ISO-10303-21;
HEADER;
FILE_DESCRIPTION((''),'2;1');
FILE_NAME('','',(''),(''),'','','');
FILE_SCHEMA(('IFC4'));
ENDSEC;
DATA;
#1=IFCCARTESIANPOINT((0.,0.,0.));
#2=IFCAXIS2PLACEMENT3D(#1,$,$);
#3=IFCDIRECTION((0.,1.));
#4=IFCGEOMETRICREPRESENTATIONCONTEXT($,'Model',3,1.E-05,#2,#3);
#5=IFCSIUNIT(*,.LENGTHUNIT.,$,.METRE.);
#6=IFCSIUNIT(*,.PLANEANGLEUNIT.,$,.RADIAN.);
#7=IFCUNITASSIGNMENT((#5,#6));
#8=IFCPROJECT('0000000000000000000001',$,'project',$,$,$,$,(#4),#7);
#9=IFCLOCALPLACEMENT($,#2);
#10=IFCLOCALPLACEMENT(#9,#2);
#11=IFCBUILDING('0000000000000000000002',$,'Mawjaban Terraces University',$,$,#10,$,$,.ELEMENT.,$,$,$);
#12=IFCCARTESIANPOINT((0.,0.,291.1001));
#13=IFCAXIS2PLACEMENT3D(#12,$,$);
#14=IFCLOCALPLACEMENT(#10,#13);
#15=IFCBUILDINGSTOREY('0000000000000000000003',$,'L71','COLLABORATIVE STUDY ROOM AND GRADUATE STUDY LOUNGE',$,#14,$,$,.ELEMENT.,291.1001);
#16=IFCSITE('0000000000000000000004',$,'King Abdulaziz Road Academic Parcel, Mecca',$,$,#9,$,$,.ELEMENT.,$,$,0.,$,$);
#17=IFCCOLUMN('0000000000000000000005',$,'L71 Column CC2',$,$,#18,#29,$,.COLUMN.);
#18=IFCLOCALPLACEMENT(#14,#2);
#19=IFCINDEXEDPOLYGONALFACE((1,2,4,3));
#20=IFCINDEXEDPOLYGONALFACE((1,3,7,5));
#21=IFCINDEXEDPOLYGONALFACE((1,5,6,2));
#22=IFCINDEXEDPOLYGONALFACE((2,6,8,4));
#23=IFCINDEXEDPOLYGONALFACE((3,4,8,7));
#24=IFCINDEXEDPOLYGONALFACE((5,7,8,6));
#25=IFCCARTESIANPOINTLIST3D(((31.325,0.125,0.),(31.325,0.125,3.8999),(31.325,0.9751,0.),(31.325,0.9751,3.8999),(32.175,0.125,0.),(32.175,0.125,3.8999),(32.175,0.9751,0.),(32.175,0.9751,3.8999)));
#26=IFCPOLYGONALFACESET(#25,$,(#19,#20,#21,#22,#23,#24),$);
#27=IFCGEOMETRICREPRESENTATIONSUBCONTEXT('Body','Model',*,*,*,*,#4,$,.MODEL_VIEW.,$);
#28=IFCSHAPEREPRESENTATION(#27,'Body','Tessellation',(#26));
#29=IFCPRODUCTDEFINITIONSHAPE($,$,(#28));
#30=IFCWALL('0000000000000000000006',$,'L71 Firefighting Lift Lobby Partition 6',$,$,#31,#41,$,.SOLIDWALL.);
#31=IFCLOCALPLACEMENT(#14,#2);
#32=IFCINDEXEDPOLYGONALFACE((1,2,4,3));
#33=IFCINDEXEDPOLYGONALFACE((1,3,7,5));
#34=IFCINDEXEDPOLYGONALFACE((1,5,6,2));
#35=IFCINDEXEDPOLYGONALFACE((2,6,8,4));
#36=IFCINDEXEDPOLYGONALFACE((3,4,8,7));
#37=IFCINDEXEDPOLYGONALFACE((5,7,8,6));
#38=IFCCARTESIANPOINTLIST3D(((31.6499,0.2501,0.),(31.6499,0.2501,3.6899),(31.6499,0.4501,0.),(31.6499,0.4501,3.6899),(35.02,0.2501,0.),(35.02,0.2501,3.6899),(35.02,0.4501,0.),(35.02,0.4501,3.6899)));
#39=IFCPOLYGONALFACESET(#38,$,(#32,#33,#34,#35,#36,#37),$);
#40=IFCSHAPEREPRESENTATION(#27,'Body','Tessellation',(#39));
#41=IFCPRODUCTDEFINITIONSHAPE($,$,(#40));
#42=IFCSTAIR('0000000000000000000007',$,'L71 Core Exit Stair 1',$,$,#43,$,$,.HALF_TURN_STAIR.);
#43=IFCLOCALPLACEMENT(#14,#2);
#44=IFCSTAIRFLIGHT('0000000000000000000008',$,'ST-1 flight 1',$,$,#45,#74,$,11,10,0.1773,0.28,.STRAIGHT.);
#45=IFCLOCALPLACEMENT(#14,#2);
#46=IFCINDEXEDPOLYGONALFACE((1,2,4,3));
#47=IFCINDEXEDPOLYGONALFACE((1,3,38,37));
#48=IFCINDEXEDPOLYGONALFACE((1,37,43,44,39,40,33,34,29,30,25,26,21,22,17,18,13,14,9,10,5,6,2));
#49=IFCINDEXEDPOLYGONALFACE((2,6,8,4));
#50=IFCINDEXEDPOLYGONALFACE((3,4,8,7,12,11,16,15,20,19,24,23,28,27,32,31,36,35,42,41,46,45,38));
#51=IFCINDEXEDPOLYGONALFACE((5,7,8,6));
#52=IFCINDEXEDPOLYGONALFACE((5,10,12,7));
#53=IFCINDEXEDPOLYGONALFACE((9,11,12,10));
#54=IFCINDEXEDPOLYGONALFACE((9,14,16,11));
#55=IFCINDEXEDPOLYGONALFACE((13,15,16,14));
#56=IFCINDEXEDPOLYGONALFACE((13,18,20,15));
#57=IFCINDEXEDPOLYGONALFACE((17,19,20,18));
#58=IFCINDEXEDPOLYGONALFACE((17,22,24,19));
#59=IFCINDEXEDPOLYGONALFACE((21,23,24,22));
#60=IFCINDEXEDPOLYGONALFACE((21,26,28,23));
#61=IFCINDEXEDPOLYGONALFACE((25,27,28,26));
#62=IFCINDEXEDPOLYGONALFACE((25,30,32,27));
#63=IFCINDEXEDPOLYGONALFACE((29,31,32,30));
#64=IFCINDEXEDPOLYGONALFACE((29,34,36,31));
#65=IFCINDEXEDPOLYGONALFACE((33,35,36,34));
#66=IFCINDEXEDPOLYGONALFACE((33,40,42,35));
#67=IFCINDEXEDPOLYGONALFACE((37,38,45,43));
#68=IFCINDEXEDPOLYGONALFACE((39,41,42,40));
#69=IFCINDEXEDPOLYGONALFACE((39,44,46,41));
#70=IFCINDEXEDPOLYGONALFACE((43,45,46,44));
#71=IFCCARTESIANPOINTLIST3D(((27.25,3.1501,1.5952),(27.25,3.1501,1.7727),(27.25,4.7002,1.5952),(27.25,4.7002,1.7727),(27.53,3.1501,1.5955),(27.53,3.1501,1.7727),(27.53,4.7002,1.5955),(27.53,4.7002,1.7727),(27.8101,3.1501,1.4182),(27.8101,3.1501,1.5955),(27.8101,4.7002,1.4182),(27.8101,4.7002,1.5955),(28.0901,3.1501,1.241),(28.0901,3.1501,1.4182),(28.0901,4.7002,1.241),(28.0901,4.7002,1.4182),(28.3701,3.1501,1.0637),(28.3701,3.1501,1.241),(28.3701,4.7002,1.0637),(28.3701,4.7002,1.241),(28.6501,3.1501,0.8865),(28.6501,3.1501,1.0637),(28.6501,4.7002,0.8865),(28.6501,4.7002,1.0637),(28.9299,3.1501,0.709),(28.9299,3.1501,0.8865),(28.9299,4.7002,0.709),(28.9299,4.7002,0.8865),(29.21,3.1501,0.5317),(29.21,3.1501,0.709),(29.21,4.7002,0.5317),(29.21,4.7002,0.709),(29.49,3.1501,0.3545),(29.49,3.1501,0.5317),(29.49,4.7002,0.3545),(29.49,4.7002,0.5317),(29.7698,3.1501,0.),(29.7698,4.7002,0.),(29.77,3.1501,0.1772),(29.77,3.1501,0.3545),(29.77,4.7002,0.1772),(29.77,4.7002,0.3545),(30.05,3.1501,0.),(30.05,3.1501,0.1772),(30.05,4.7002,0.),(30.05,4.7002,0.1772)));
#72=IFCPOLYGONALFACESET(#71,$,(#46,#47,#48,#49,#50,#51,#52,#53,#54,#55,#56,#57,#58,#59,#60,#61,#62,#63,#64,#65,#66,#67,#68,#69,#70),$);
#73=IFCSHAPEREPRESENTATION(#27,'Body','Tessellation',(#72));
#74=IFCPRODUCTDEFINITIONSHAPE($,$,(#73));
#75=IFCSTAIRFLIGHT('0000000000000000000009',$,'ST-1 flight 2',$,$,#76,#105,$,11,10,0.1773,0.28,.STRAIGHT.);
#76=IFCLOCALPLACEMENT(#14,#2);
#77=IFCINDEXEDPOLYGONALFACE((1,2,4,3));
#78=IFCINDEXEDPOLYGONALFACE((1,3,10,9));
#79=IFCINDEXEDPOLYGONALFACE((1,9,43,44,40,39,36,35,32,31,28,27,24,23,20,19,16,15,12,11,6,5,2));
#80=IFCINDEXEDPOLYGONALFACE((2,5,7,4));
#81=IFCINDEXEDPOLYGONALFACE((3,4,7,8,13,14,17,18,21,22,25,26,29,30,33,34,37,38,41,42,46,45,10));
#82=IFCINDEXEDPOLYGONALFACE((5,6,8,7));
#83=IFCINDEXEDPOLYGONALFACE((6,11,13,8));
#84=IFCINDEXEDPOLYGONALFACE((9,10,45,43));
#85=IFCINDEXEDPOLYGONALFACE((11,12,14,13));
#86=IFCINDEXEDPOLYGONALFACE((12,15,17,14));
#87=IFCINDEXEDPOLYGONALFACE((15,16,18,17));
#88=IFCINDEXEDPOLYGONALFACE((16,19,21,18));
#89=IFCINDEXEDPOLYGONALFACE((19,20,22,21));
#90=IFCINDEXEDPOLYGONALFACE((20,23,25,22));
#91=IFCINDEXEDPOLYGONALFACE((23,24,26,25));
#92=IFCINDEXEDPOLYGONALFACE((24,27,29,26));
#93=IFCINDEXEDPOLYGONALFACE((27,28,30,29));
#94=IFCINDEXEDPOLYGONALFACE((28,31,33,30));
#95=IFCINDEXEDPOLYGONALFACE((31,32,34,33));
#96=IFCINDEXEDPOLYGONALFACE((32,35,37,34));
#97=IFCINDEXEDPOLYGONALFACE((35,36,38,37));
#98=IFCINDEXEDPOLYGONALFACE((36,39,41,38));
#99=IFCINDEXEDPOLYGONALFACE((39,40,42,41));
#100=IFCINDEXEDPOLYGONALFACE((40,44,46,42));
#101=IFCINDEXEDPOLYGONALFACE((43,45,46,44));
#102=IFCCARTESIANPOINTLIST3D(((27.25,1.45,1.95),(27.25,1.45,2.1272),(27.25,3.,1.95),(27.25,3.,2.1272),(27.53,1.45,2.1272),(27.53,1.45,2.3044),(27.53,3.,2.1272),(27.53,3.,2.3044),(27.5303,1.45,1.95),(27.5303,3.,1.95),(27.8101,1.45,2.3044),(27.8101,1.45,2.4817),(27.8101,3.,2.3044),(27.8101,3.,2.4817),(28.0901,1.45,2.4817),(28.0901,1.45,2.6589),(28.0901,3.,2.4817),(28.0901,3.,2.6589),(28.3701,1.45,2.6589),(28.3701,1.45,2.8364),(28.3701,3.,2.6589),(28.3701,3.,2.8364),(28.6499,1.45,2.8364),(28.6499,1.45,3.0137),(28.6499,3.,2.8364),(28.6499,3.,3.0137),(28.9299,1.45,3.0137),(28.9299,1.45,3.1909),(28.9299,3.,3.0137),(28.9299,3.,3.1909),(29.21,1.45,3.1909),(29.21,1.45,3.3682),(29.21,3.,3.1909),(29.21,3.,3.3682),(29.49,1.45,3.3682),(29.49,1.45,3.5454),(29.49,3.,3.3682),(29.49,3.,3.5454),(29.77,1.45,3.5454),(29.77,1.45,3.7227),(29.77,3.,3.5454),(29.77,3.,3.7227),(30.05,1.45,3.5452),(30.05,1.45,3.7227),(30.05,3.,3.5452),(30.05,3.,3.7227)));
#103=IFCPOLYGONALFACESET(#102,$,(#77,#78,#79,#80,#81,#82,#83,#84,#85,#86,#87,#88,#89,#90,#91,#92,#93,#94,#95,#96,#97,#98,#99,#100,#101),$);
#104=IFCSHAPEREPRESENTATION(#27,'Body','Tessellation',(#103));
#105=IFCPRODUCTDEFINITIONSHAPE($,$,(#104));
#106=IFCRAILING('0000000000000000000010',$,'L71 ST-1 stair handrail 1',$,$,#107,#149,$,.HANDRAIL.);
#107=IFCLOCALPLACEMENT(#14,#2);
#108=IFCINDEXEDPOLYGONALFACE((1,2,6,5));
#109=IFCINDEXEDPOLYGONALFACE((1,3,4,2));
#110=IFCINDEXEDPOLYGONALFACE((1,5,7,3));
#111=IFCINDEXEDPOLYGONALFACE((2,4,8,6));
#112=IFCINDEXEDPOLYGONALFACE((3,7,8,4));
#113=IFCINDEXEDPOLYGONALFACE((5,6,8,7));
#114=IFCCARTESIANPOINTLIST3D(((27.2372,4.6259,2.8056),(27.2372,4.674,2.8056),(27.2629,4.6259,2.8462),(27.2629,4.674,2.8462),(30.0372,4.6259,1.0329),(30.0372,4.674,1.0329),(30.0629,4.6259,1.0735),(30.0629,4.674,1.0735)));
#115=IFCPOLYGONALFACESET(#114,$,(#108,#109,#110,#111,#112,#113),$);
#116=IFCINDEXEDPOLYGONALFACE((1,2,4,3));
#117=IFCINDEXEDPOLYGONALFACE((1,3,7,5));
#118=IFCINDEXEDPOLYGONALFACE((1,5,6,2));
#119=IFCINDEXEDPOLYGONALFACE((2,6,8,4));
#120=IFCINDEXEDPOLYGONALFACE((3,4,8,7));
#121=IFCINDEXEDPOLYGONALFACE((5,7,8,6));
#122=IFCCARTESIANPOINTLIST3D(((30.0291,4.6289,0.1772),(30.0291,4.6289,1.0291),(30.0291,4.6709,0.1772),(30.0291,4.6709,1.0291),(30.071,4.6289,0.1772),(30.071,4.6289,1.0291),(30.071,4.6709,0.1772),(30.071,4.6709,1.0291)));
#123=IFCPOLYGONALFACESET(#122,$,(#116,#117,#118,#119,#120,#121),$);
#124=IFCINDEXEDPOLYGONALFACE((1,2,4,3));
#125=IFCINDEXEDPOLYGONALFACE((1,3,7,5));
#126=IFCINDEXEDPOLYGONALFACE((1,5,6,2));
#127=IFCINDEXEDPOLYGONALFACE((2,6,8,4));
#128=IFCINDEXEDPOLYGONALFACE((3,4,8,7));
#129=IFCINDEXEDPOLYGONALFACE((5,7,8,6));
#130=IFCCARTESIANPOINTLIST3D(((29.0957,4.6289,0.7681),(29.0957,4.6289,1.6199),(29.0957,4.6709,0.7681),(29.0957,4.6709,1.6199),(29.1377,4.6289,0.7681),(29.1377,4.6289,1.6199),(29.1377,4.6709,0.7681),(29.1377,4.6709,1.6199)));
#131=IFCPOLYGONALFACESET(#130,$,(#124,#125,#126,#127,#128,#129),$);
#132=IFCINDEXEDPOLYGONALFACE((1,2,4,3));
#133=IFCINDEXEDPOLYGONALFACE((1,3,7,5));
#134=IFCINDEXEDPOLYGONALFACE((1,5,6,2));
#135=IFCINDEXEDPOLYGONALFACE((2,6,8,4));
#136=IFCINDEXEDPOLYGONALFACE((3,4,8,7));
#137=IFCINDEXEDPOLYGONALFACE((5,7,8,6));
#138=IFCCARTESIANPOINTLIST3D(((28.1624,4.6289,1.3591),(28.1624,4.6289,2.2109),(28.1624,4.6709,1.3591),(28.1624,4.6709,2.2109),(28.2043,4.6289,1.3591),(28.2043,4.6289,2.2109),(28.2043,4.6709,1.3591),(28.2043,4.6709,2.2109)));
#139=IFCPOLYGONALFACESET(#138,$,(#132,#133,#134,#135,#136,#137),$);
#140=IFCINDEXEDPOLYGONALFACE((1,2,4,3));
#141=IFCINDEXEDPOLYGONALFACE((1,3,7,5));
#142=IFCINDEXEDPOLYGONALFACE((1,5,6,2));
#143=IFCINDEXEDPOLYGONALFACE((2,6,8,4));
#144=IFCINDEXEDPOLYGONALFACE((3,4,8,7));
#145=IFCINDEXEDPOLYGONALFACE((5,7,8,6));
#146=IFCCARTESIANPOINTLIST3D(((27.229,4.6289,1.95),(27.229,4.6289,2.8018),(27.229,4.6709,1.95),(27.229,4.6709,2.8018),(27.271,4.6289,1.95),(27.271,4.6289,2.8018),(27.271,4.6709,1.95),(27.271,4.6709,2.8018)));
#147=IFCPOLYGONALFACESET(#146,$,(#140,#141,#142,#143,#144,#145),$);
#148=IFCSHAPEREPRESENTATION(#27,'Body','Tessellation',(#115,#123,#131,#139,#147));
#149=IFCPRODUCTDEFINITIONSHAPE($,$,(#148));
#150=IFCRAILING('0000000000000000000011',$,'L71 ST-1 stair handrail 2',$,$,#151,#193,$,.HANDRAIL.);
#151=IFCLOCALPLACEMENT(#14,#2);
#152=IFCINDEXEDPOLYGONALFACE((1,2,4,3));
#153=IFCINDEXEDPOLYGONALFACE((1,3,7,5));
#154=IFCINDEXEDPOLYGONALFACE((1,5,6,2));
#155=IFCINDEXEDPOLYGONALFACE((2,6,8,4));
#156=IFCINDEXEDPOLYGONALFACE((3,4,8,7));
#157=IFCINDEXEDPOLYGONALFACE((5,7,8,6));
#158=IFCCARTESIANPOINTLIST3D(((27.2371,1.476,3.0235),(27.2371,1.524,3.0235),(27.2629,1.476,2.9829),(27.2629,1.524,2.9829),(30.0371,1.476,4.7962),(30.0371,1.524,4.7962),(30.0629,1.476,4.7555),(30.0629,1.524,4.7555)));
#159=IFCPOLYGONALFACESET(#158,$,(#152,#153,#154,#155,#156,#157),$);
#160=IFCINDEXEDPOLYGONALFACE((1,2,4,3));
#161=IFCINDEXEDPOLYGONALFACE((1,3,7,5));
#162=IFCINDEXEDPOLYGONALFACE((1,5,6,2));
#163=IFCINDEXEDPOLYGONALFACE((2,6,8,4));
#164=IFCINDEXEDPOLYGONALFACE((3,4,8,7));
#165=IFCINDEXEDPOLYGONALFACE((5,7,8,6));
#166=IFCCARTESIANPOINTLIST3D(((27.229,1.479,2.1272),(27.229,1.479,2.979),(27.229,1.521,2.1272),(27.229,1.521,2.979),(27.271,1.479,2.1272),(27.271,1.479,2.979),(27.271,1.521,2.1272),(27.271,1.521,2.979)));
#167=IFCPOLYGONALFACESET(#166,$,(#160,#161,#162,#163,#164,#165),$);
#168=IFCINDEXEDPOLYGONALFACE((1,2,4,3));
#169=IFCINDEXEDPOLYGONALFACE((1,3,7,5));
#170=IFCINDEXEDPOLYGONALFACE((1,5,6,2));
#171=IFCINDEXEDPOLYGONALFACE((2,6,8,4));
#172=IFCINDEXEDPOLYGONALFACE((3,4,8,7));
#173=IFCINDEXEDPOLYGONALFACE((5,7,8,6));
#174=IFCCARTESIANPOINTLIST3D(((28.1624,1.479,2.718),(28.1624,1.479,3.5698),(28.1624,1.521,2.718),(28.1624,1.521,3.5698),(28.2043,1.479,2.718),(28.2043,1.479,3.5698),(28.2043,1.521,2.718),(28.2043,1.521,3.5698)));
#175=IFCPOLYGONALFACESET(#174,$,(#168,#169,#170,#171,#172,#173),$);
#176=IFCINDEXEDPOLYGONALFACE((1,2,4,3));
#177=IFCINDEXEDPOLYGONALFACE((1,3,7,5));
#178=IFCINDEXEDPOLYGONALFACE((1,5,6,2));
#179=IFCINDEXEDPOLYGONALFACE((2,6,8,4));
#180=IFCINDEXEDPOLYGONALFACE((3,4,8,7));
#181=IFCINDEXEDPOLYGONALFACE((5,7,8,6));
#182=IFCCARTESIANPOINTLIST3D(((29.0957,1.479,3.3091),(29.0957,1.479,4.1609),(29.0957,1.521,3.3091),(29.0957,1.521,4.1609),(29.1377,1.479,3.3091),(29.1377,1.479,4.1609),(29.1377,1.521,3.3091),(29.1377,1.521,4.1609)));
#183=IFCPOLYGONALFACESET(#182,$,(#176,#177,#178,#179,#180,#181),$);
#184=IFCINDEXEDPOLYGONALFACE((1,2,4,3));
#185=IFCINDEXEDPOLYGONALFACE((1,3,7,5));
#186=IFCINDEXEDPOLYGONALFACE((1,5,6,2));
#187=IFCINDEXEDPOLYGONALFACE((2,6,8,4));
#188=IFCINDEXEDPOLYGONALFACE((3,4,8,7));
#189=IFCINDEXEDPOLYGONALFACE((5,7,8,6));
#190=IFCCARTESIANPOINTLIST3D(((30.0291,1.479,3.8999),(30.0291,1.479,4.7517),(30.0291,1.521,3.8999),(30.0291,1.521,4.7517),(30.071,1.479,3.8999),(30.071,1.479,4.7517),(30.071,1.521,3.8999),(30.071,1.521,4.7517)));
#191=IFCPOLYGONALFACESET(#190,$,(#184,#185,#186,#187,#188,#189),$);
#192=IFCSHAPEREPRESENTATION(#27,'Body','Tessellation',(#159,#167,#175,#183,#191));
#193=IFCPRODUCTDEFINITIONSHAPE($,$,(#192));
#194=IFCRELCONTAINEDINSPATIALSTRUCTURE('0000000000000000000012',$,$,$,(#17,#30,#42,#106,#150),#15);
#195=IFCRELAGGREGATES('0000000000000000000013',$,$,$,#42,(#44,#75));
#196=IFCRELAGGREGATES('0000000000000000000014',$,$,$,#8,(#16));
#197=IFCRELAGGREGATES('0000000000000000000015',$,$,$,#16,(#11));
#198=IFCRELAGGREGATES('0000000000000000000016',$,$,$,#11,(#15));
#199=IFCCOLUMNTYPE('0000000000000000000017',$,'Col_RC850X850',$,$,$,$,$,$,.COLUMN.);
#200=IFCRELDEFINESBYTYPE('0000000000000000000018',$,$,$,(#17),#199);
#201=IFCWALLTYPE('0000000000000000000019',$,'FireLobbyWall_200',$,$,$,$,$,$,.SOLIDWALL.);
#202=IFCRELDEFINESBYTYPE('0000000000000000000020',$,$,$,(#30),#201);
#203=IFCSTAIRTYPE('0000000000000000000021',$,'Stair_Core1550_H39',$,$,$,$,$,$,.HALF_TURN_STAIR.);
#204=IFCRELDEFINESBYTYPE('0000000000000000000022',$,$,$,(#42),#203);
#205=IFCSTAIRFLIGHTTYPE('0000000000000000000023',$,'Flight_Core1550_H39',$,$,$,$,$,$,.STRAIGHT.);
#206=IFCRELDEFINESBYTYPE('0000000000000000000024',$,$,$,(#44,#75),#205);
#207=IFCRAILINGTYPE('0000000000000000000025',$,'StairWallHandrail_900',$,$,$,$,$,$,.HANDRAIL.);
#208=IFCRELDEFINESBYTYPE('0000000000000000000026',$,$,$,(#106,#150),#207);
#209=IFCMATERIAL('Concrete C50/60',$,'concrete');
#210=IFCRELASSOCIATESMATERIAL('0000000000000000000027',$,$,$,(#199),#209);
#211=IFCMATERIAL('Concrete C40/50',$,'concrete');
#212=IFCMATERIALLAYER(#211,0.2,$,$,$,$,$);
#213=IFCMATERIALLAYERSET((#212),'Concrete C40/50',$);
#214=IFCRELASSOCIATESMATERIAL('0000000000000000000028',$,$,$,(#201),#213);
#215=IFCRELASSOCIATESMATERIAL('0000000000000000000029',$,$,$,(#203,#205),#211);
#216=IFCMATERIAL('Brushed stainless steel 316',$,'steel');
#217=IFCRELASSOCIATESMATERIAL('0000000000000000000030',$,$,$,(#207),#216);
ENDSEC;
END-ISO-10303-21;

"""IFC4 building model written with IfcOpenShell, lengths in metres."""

from ifc_helpers import new_model, si_unit, direction, frame, frame_2d, origin, origin_2d, place, context, subcontext, project, spatial, polyline, rectangle, outline, extrude, material, layer, layer_set, material_profile, profile_set, type_object, element, aggregate, save


model = new_model("IFC4")

# Units and contexts
model_context = context("Model", 3, precision=1e-05, world=origin(), true_north=direction((0.0, 1.0)))
body_context = subcontext(model_context, "Body", "Model", "MODEL_VIEW")
ifc_project = project(units=[si_unit("LENGTHUNIT", "METRE"), si_unit("PLANEANGLEUNIT", "RADIAN")], contexts=[model_context])

# Site, building, storey
site_placement = place(None, origin())
site = spatial("IfcSite", under=ifc_project, at=site_placement, Name="King Abdulaziz Road Academic Parcel, Mecca", CompositionType="ELEMENT", RefElevation=0.0)
building_placement = place(site_placement, origin())
building = spatial("IfcBuilding", under=site, at=building_placement, Name="Mawjaban Terraces University", CompositionType="ELEMENT")
storey_placement = place(building_placement, frame((0.0, 0.0, 291.1001)))
storey = spatial("IfcBuildingStorey", under=building, at=storey_placement, Name="L71", Description="COLLABORATIVE STUDY ROOM AND GRADUATE STUDY LOUNGE", CompositionType="ELEMENT", Elevation=291.1001)

# Column
ifc_material_1 = material(Name="Concrete C50/60", Category="concrete")
ifc_material_profile = material_profile(ifc_material_1, rectangle(XDim=0.8501, YDim=0.8501, at=origin_2d()), Name="RC850X850")
ifc_profile_set = profile_set([ifc_material_profile], Name="Concrete C50/60")
column_type = type_object("IfcColumnType", Name="Col_RC850X850", PredefinedType="COLUMN", material=ifc_profile_set)
column_placement = place(storey_placement, frame((31.75, 0.55, 0.0), z_axis=(0.0, 0.0, 1.0), x_axis=(1.0, 0.0, 0.0)))
element("IfcColumn", 1, at=column_placement, inside=storey, type_object=column_type, Name="L71 Column CC2", PredefinedType="COLUMN", context=body_context, shape_type="SweptSolid", body=[
    extrude(rectangle(XDim=0.8501, YDim=0.8501, at=origin_2d()), origin(), (0.0, 0.0, 1.0), 3.8999),
])

# Shared definitions
ifc_material_2 = material(Name="Concrete C40/50", Category="concrete")
ifc_layer_1 = layer(ifc_material_2, 0.2)
ifc_layer_set_1 = layer_set([ifc_layer_1], Name="Concrete C40/50")
wall_type_1 = type_object("IfcWallType", Name="FireLobbyWall_200", PredefinedType="SOLIDWALL", material=ifc_layer_set_1)

# Wall
wall_1_placement = place(storey_placement, frame((31.6499, 0.3501, 0.0), z_axis=(0.0, 0.0, 1.0), x_axis=(1.0, 0.0, 0.0)))
element("IfcWall", 2, at=wall_1_placement, inside=storey, type_object=wall_type_1, Name="L71 Firefighting Lift Lobby Partition 6", PredefinedType="SOLIDWALL", context=body_context, shape_type="SweptSolid", body=[
    extrude(rectangle(XDim=3.3701, YDim=0.2, at=frame_2d((1.6851, 0.0))), origin(), (0.0, 0.0, 1.0), 3.6899),
])

# Stair, stair flights
stair_type = type_object("IfcStairType", Name="Stair_Core1550_H39", PredefinedType="HALF_TURN_STAIR", material=ifc_material_2)
stair_placement = place(storey_placement, origin())
stair = element("IfcStair", 3, at=stair_placement, inside=storey, type_object=stair_type, Name="L71 Core Exit Stair 1", PredefinedType="HALF_TURN_STAIR")
stair_flight_type = type_object("IfcStairFlightType", Name="Flight_Core1550_H39", PredefinedType="STRAIGHT", material=ifc_material_2)
stair_flight_1_placement = place(storey_placement, frame((30.05, 3.925, 0.0), z_axis=(0.0, 0.0, 1.0), x_axis=(-1.0, 0.0, 0.0)))
stair_flight_1 = element("IfcStairFlight", 4, at=stair_flight_1_placement, type_object=stair_flight_type, Name="ST-1 flight 1", NumberOfRisers=11, NumberOfTreads=10, PredefinedType="STRAIGHT", RiserHeight=0.1773, TreadLength=0.28, context=body_context, shape_type="SweptSolid", body=[
    extrude(outline(polyline([(0.0, 0.0), (0.0, 0.1772), (0.28, 0.1772), (0.28, 0.3545), (0.5601, 0.3545), (0.5601, 0.5317), (0.8401, 0.5317), (0.8401, 0.709), (1.1201, 0.709), (1.1201, 0.8865), (1.3999, 0.8865), (1.3999, 1.0637), (1.6799, 1.0637), (1.6799, 1.241), (1.96, 1.241), (1.96, 1.4182), (2.24, 1.4182), (2.24, 1.5955), (2.52, 1.5955), (2.52, 1.7727), (2.8, 1.7727), (2.8, 1.95), (2.8, 1.5952), (0.2803, 0.0), (0.0, 0.0)])), frame((0.0, 0.7749, 0.0), z_axis=(0.0, -1.0, 0.0), x_axis=(1.0, 0.0, 0.0)), (0.0, 0.0, 1.0), 1.55),
])
stair_flight_2_placement = place(storey_placement, frame((27.25, 2.2251, 1.95), z_axis=(0.0, 0.0, 1.0), x_axis=(1.0, 0.0, 0.0)))
stair_flight_2 = element("IfcStairFlight", 5, at=stair_flight_2_placement, type_object=stair_flight_type, Name="ST-1 flight 2", NumberOfRisers=11, NumberOfTreads=10, PredefinedType="STRAIGHT", RiserHeight=0.1773, TreadLength=0.28, context=body_context, shape_type="SweptSolid", body=[
    extrude(outline(polyline([(0.0, 0.0), (0.0, 0.1772), (0.28, 0.1772), (0.28, 0.3545), (0.5601, 0.3545), (0.5601, 0.5317), (0.8401, 0.5317), (0.8401, 0.709), (1.1201, 0.709), (1.1201, 0.8865), (1.3999, 0.8865), (1.3999, 1.0637), (1.6799, 1.0637), (1.6799, 1.241), (1.96, 1.241), (1.96, 1.4182), (2.24, 1.4182), (2.24, 1.5955), (2.52, 1.5955), (2.52, 1.7727), (2.8, 1.7727), (2.8, 1.95), (2.8, 1.5952), (0.2803, 0.0), (0.0, 0.0)])), frame((0.0, 0.7749, 0.0), z_axis=(0.0, -1.0, 0.0), x_axis=(1.0, 0.0, 0.0)), (0.0, 0.0, 1.0), 1.55),
])
aggregate(stair, [stair_flight_1, stair_flight_2])

# Railings
ifc_material_3 = material(Name="Brushed stainless steel 316", Category="steel")
railing_type_1 = type_object("IfcRailingType", Name="StairWallHandrail_900", PredefinedType="HANDRAIL", material=ifc_material_3)
railing_1_placement = place(storey_placement, frame((30.05, 4.6499, 0.1772)))
element("IfcRailing", 6, at=railing_1_placement, inside=storey, type_object=railing_type_1, Name="L71 ST-1 stair handrail 1", PredefinedType="HANDRAIL", context=body_context, shape_type="SweptSolid", body=[
    extrude(rectangle(XDim=0.0481, YDim=0.0481, at=origin_2d()), frame((0.0, 0.0, 0.876), z_axis=(-0.844909, 0.0, 0.53491), x_axis=(0.0, -1.0, 0.0)), (0.0, 0.0, 1.0), 3.314),
    extrude(rectangle(XDim=0.042, YDim=0.042, at=origin_2d()), origin(), (0.0, 0.0, 1.0), 0.8518),
    extrude(rectangle(XDim=0.042, YDim=0.042, at=origin_2d()), frame((-0.9333, 0.0, 0.5908)), (0.0, 0.0, 1.0), 0.8518),
    extrude(rectangle(XDim=0.042, YDim=0.042, at=origin_2d()), frame((-1.8667, 0.0, 1.1819)), (0.0, 0.0, 1.0), 0.8518),
    extrude(rectangle(XDim=0.042, YDim=0.042, at=origin_2d()), frame((-2.8, 0.0, 1.7727)), (0.0, 0.0, 1.0), 0.8518),
])
railing_2_placement = place(storey_placement, frame((27.25, 1.5, 2.1272)))
element("IfcRailing", 7, at=railing_2_placement, inside=storey, type_object=railing_type_1, Name="L71 ST-1 stair handrail 2", PredefinedType="HANDRAIL", context=body_context, shape_type="SweptSolid", body=[
    extrude(rectangle(XDim=0.0481, YDim=0.0481, at=origin_2d()), frame((0.0, 0.0, 0.876), z_axis=(0.844909, 0.0, 0.53491), x_axis=(0.0, 1.0, 0.0)), (0.0, 0.0, 1.0), 3.314),
    extrude(rectangle(XDim=0.042, YDim=0.042, at=origin_2d()), origin(), (0.0, 0.0, 1.0), 0.8518),
    extrude(rectangle(XDim=0.042, YDim=0.042, at=origin_2d()), frame((0.9333, 0.0, 0.5908)), (0.0, 0.0, 1.0), 0.8518),
    extrude(rectangle(XDim=0.042, YDim=0.042, at=origin_2d()), frame((1.8667, 0.0, 1.1819)), (0.0, 0.0, 1.0), 0.8518),
    extrude(rectangle(XDim=0.042, YDim=0.042, at=origin_2d()), frame((2.8, 0.0, 1.7727)), (0.0, 0.0, 1.0), 0.8518),
])

save(model, "model.ifc")
